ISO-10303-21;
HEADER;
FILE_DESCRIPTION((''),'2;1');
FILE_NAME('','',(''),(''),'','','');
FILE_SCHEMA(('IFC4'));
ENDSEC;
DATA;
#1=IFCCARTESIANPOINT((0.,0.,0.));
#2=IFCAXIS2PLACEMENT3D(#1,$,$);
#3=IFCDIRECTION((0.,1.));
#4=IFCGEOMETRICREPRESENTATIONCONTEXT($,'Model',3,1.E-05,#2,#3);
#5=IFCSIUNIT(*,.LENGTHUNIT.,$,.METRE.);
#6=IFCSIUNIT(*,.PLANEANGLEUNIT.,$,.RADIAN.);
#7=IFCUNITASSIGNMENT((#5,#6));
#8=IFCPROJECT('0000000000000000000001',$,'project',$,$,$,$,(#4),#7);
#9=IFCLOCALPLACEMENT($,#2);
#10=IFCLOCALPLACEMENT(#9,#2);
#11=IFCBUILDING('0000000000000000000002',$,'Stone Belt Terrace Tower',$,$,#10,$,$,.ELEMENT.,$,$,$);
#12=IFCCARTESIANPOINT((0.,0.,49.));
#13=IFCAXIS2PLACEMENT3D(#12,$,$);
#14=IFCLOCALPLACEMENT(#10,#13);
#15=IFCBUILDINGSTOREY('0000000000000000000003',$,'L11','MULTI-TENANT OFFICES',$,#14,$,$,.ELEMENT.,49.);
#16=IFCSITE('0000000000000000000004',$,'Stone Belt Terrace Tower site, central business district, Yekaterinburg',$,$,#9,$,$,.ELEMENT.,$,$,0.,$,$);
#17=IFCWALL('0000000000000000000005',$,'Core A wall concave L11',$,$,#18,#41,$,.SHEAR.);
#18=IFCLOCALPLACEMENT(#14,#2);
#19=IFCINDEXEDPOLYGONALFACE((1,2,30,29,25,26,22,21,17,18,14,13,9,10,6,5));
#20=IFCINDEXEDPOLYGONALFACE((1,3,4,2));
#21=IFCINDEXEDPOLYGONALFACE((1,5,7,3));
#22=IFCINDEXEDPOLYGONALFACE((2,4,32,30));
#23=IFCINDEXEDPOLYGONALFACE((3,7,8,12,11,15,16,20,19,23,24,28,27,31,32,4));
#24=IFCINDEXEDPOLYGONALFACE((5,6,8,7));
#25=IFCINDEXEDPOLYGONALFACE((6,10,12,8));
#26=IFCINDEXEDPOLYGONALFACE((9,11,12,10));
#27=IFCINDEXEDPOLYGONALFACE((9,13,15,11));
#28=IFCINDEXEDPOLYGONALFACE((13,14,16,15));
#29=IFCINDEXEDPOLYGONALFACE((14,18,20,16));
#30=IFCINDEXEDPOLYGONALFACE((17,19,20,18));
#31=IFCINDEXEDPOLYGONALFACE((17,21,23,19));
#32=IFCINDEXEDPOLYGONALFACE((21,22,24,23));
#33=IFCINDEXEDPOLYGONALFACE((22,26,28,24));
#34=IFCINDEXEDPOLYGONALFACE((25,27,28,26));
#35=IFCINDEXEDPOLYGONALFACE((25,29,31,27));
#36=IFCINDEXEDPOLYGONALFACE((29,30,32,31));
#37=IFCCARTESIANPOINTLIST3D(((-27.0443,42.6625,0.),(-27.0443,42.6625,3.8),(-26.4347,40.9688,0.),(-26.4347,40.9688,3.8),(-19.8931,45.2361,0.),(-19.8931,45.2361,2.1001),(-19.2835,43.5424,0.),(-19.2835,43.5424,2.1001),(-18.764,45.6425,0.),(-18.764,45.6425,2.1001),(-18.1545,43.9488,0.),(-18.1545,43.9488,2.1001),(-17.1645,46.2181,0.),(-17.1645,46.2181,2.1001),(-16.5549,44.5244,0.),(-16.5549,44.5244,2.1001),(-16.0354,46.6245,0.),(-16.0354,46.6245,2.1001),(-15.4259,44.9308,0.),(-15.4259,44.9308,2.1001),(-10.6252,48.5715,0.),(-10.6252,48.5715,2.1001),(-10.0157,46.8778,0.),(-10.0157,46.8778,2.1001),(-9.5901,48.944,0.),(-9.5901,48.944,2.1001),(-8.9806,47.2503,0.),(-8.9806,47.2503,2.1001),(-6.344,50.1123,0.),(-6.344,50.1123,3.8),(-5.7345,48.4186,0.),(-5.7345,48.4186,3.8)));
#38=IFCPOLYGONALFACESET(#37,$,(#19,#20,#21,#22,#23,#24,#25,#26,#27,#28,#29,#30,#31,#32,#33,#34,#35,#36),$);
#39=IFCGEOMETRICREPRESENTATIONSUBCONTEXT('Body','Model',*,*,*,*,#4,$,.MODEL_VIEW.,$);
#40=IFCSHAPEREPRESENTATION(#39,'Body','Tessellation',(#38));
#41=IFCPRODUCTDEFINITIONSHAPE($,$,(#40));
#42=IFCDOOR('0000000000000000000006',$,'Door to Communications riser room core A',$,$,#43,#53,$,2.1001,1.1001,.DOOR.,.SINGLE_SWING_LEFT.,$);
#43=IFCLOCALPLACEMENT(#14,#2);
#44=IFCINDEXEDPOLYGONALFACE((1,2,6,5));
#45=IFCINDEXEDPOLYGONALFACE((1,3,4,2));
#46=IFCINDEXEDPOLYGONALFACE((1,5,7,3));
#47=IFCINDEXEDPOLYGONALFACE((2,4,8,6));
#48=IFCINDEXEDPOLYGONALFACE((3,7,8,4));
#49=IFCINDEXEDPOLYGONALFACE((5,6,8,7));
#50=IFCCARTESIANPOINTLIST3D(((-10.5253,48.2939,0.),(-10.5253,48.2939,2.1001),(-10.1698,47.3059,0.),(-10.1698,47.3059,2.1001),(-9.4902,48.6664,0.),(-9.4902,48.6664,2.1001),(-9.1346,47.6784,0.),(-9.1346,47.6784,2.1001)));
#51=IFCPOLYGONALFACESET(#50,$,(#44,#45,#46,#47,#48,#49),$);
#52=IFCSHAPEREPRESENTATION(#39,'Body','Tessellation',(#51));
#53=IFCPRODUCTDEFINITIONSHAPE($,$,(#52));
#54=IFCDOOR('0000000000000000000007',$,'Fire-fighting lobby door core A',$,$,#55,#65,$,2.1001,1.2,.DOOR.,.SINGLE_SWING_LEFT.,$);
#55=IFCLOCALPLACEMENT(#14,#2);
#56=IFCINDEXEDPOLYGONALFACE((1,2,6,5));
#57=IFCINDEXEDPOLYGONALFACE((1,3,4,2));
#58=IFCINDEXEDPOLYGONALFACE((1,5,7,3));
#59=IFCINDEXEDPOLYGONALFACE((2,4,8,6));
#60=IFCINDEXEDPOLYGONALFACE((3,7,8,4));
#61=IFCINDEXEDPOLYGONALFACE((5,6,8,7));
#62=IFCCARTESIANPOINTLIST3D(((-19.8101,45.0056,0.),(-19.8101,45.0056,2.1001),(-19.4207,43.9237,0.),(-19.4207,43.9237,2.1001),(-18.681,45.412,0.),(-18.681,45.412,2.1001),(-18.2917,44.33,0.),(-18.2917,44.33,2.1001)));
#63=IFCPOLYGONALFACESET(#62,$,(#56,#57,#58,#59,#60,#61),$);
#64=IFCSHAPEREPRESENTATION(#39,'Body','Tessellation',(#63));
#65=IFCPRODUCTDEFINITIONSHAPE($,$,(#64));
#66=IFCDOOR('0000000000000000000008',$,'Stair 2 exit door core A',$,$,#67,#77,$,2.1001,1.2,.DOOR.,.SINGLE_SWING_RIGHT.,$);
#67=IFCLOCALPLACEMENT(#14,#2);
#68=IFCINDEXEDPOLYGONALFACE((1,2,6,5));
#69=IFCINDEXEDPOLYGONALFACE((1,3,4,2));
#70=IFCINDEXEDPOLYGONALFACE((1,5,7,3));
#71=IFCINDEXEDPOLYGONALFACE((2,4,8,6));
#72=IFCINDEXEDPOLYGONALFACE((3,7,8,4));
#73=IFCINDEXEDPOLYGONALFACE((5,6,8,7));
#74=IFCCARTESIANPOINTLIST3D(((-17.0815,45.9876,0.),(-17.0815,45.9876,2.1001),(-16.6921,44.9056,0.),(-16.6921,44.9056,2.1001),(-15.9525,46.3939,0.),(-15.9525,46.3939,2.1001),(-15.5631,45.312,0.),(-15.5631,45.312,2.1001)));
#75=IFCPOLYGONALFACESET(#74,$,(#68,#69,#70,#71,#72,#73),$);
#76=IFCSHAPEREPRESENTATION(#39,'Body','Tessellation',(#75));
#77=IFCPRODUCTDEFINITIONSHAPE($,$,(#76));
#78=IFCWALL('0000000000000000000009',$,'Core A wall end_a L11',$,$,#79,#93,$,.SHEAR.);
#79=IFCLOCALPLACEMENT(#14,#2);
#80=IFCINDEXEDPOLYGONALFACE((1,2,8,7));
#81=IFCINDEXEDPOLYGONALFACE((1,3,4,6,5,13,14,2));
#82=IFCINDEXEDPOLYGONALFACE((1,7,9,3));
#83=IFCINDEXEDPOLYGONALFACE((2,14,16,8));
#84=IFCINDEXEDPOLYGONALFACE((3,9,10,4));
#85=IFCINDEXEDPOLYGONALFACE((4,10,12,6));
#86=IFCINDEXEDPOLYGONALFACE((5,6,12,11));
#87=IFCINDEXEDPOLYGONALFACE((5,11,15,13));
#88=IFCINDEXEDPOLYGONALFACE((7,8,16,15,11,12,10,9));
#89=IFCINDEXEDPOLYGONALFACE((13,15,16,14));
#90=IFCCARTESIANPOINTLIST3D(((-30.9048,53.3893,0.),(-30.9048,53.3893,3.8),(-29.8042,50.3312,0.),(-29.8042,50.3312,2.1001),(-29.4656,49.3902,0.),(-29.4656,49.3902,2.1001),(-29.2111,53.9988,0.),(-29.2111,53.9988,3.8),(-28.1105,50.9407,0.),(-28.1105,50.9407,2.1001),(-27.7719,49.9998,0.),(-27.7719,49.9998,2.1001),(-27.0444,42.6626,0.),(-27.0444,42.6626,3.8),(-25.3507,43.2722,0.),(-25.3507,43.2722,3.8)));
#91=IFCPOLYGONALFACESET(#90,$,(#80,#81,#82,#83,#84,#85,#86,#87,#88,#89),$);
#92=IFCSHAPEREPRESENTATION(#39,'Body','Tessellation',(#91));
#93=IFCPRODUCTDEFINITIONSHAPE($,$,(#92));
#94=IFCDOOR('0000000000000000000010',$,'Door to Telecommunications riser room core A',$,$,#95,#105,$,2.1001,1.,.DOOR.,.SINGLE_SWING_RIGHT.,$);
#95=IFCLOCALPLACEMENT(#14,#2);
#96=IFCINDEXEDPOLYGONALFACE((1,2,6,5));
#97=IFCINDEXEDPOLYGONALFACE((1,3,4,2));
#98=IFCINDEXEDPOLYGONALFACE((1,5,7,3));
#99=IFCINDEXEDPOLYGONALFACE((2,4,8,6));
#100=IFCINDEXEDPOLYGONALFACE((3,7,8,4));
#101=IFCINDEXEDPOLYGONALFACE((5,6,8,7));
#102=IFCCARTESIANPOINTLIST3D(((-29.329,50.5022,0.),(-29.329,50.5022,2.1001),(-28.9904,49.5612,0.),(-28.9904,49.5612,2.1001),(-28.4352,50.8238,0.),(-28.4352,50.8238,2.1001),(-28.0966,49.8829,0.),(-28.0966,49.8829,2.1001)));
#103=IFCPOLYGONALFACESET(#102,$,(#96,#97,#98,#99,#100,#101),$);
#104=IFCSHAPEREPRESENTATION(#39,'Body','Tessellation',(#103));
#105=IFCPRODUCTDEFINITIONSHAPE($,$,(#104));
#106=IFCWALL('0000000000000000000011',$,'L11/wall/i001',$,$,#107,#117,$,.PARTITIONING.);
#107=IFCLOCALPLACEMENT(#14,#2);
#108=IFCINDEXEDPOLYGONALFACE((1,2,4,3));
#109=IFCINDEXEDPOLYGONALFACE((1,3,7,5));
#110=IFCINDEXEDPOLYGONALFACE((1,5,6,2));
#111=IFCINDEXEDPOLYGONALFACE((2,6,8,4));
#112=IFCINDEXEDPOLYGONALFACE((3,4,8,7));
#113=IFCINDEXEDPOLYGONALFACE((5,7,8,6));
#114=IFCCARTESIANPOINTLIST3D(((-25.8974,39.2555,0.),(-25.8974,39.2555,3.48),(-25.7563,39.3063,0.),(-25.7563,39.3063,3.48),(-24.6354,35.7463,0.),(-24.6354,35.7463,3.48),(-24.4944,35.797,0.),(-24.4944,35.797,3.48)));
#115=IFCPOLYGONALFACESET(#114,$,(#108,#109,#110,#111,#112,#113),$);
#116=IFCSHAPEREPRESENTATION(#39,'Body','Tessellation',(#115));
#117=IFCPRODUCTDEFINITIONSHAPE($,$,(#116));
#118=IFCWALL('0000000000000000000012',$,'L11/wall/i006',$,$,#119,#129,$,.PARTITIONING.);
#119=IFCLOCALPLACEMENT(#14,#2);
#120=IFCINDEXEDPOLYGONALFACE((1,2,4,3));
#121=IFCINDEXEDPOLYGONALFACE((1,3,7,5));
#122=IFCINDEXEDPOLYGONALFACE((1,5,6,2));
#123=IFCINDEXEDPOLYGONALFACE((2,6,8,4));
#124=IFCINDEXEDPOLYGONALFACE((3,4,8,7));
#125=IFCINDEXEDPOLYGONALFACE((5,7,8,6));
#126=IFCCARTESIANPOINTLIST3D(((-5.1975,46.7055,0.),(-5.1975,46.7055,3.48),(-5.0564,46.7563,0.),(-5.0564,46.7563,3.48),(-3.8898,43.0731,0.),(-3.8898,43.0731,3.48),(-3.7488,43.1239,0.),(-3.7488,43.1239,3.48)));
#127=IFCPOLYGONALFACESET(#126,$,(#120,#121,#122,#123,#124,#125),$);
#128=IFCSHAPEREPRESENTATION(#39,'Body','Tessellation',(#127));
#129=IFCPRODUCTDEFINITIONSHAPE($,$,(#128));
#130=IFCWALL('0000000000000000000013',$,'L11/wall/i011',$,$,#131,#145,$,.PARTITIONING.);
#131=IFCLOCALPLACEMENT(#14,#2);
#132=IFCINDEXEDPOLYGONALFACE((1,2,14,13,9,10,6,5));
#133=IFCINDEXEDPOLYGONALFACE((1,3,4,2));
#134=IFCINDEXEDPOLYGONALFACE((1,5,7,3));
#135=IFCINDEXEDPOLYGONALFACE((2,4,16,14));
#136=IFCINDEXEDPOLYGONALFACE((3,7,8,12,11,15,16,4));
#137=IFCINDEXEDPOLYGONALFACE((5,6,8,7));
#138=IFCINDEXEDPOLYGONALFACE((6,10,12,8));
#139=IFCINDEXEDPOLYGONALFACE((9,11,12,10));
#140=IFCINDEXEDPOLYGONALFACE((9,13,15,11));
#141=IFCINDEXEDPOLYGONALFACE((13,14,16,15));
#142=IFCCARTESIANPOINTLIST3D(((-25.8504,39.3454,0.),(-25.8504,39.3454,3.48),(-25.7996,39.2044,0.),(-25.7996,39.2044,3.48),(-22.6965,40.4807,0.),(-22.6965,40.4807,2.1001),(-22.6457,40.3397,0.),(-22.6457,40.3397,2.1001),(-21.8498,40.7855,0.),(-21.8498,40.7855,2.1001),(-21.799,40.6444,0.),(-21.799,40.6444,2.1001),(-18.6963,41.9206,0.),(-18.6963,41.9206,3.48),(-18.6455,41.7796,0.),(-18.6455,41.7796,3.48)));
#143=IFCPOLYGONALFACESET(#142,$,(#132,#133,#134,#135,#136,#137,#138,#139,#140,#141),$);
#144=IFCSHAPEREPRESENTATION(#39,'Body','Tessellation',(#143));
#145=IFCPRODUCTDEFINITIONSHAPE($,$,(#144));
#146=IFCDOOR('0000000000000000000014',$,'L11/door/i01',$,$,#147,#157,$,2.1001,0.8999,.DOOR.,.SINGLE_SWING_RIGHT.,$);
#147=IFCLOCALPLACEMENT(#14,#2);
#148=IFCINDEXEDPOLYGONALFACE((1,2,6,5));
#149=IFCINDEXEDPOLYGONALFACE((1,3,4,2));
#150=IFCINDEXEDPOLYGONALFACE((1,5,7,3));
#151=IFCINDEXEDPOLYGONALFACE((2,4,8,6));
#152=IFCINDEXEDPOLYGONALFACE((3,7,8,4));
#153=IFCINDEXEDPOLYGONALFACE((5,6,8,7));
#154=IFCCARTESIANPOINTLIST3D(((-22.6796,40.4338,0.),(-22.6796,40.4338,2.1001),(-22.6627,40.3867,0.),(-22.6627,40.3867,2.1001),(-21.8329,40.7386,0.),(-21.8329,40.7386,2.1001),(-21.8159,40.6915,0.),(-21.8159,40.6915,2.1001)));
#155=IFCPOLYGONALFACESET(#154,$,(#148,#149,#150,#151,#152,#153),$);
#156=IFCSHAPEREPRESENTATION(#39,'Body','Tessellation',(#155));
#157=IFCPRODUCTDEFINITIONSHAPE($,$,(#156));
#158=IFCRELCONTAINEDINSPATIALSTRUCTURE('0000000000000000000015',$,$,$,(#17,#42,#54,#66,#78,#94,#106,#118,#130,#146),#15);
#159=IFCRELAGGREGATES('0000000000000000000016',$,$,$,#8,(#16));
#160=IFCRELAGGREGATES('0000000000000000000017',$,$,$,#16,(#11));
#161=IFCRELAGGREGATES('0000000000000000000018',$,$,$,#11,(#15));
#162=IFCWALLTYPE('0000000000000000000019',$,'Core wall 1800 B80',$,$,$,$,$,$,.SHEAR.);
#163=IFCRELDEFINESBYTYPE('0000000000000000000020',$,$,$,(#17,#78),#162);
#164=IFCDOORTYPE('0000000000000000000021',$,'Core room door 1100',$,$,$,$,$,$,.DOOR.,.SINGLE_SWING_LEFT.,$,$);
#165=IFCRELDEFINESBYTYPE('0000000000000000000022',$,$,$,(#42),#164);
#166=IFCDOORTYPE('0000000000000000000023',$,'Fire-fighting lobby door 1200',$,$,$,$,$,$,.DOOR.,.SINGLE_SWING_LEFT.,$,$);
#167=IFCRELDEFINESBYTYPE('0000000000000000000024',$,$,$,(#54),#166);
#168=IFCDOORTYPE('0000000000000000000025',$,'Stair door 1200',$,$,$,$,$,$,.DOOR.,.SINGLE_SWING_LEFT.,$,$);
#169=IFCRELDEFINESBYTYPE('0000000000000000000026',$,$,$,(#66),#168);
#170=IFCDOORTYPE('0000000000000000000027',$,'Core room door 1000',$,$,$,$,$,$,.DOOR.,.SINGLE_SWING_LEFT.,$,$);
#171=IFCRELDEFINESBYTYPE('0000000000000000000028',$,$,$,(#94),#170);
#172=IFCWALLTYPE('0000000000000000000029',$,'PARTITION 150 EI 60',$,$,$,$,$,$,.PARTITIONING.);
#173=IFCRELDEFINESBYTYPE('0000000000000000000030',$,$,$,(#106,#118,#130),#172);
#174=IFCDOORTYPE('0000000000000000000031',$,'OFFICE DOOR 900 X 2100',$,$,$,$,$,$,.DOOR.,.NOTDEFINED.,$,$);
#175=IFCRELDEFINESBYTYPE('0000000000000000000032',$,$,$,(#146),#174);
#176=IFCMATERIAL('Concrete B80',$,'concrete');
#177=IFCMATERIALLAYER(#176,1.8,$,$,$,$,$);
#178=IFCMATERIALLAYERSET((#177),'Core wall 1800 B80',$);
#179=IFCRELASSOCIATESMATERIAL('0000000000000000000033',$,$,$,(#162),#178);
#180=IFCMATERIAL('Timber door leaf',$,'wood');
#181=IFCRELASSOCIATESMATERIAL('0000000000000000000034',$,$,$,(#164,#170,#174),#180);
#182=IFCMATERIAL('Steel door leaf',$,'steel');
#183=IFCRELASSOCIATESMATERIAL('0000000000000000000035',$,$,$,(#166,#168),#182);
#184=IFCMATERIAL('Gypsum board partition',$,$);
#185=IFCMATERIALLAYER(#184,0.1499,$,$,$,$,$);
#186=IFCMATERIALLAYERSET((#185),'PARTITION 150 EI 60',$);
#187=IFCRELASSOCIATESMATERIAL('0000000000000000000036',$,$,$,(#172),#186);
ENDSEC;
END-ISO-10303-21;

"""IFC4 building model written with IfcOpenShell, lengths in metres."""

from ifc_helpers import new_model, si_unit, direction, frame, frame_2d, origin, place, context, subcontext, project, spatial, rectangle, extrude, material, layer, layer_set, type_object, element, fill, save


model = new_model("IFC4")

# Units and contexts
model_context = context("Model", 3, precision=1e-05, world=origin(), true_north=direction((0.0, 1.0)))
body_context = subcontext(model_context, "Body", "Model", "MODEL_VIEW")
ifc_project = project(units=[si_unit("LENGTHUNIT", "METRE"), si_unit("PLANEANGLEUNIT", "RADIAN")], contexts=[model_context])

# Site, building, storey
site_placement = place(None, origin())
site = spatial("IfcSite", under=ifc_project, at=site_placement, Name="Stone Belt Terrace Tower site, central business district, Yekaterinburg", CompositionType="ELEMENT", RefElevation=0.0)
building_placement = place(site_placement, origin())
building = spatial("IfcBuilding", under=site, at=building_placement, Name="Stone Belt Terrace Tower", CompositionType="ELEMENT")
storey_placement = place(building_placement, frame((0.0, 0.0, 49.0)))
storey = spatial("IfcBuildingStorey", under=building, at=storey_placement, Name="L11", Description="MULTI-TENANT OFFICES", CompositionType="ELEMENT", Elevation=49.0)

# Shared definitions
ifc_material_1 = material(Name="Concrete B80", Category="concrete")

# Wall, openings, doors
ifc_layer_1 = layer(ifc_material_1, 1.8)
ifc_layer_set_1 = layer_set([ifc_layer_1], Name="Core wall 1800 B80")
wall_type_1 = type_object("IfcWallType", Name="Core wall 1800 B80", PredefinedType="SHEAR", material=ifc_layer_set_1)
wall_1_placement = place(storey_placement, frame((-26.7395, 41.8157, 0.0), z_axis=(0.0, 0.0, 1.0), x_axis=(0.940922, 0.338624, 0.0)))
wall_1 = element("IfcWall", 1, at=wall_1_placement, inside=storey, type_object=wall_type_1, Name="Core A wall concave L11", PredefinedType="SHEAR", context=body_context, shape_type="SweptSolid", body=[
    extrude(rectangle(XDim=22.0, YDim=1.8, at=frame_2d((11.0, 0.0))), origin(), (0.0, 0.0, 1.0), 3.8),
])
opening_1_placement = place(wall_1_placement, frame((7.6001, 0.0, 0.0)))
opening_1 = element("IfcOpeningElement", 2, at=opening_1_placement, cuts=wall_1, PredefinedType="OPENING", context=body_context, shape_type="SweptSolid", body=[
    extrude(rectangle(XDim=1.2, YDim=2.1001, at=frame_2d((0.6001, 1.05))), frame((0.0, 0.9099, 0.0), z_axis=(0.0, -1.0, 0.0), x_axis=(1.0, 0.0, 0.0)), (0.0, 0.0, 1.0), 1.8201),
])
opening_2_placement = place(wall_1_placement, frame((10.5, 0.0, 0.0)))
opening_2 = element("IfcOpeningElement", 3, at=opening_2_placement, cuts=wall_1, PredefinedType="OPENING", context=body_context, shape_type="SweptSolid", body=[
    extrude(rectangle(XDim=1.2, YDim=2.1001, at=frame_2d((0.6001, 1.05))), frame((0.0, 0.9099, 0.0), z_axis=(0.0, -1.0, 0.0), x_axis=(1.0, 0.0, 0.0)), (0.0, 0.0, 1.0), 1.8201),
])
opening_3_placement = place(wall_1_placement, frame((17.45, 0.0, 0.0)))
opening_3 = element("IfcOpeningElement", 4, at=opening_3_placement, cuts=wall_1, PredefinedType="OPENING", context=body_context, shape_type="SweptSolid", body=[
    extrude(rectangle(XDim=1.1001, YDim=2.1001, at=frame_2d((0.55, 1.05))), frame((0.0, 0.9099, 0.0), z_axis=(0.0, -1.0, 0.0), x_axis=(1.0, 0.0, 0.0)), (0.0, 0.0, 1.0), 1.8201),
])
ifc_material_2 = material(Name="Timber door leaf", Category="wood")
door_type_1 = type_object("IfcDoorType", Name="Core room door 1100", OperationType="SINGLE_SWING_LEFT", PredefinedType="DOOR", material=ifc_material_2)
door_1_placement = place(opening_3_placement, origin())
door_1 = element("IfcDoor", 5, at=door_1_placement, inside=storey, type_object=door_type_1, Name="Door to Communications riser room core A", OperationType="SINGLE_SWING_LEFT", OverallHeight=2.1001, OverallWidth=1.1001, PredefinedType="DOOR", context=body_context, shape_type="SweptSolid", body=[
    extrude(rectangle(XDim=1.1001, YDim=2.1001, at=frame_2d((0.55, 1.05))), frame((0.0, 0.605, 0.0), z_axis=(0.0, -1.0, 0.0), x_axis=(1.0, 0.0, 0.0)), (0.0, 0.0, 1.0), 1.05),
])
fill(opening_3, door_1)
ifc_material_3 = material(Name="Steel door leaf", Category="steel")
door_type_2 = type_object("IfcDoorType", Name="Fire-fighting lobby door 1200", OperationType="SINGLE_SWING_LEFT", PredefinedType="DOOR", material=ifc_material_3)
door_2_placement = place(opening_1_placement, origin())
door_2 = element("IfcDoor", 6, at=door_2_placement, inside=storey, type_object=door_type_2, Name="Fire-fighting lobby door core A", OperationType="SINGLE_SWING_LEFT", OverallHeight=2.1001, OverallWidth=1.2, PredefinedType="DOOR", context=body_context, shape_type="SweptSolid", body=[
    extrude(rectangle(XDim=1.2, YDim=2.1001, at=frame_2d((0.6001, 1.05))), frame((0.0, 0.655, 0.0), z_axis=(0.0, -1.0, 0.0), x_axis=(1.0, 0.0, 0.0)), (0.0, 0.0, 1.0), 1.1499),
])
fill(opening_1, door_2)
door_type_3 = type_object("IfcDoorType", Name="Stair door 1200", OperationType="SINGLE_SWING_LEFT", PredefinedType="DOOR", material=ifc_material_3)
door_3_placement = place(opening_2_placement, origin())
door_3 = element("IfcDoor", 7, at=door_3_placement, inside=storey, type_object=door_type_3, Name="Stair 2 exit door core A", OperationType="SINGLE_SWING_RIGHT", OverallHeight=2.1001, OverallWidth=1.2, PredefinedType="DOOR", context=body_context, shape_type="SweptSolid", body=[
    extrude(rectangle(XDim=1.2, YDim=2.1001, at=frame_2d((0.6001, 1.05))), frame((0.0, 0.655, 0.0), z_axis=(0.0, -1.0, 0.0), x_axis=(1.0, 0.0, 0.0)), (0.0, 0.0, 1.0), 1.1499),
])
fill(opening_2, door_3)

# Wall, opening, door
wall_2_placement = place(storey_placement, frame((-26.1975, 42.9673, 0.0), z_axis=(0.0, 0.0, 1.0), x_axis=(-0.338625, 0.940921, 0.0)))
wall_2 = element("IfcWall", 8, at=wall_2_placement, inside=storey, type_object=wall_type_1, Name="Core A wall end_a L11", PredefinedType="SHEAR", context=body_context, shape_type="SweptSolid", body=[
    extrude(rectangle(XDim=11.4001, YDim=1.8, at=frame_2d((5.7002, 0.0))), origin(), (0.0, 0.0, 1.0), 3.8),
])
opening_4_placement = place(wall_2_placement, frame((7.1501, 0.0, 0.0)))
opening_4 = element("IfcOpeningElement", 9, at=opening_4_placement, cuts=wall_2, PredefinedType="OPENING", context=body_context, shape_type="SweptSolid", body=[
    extrude(rectangle(XDim=1.0, YDim=2.1001, at=frame_2d((0.5, 1.05))), frame((0.0, 0.9099, 0.0), z_axis=(0.0, -1.0, 0.0), x_axis=(1.0, 0.0, 0.0)), (0.0, 0.0, 1.0), 1.8201),
])
door_type_4 = type_object("IfcDoorType", Name="Core room door 1000", OperationType="SINGLE_SWING_LEFT", PredefinedType="DOOR", material=ifc_material_2)
door_4_placement = place(opening_4_placement, origin())
door_4 = element("IfcDoor", 10, at=door_4_placement, inside=storey, type_object=door_type_4, Name="Door to Telecommunications riser room core A", OperationType="SINGLE_SWING_RIGHT", OverallHeight=2.1001, OverallWidth=1.0, PredefinedType="DOOR", context=body_context, shape_type="SweptSolid", body=[
    extrude(rectangle(XDim=1.0, YDim=2.1001, at=frame_2d((0.5, 1.05))), frame((0.0, 0.395, 0.0), z_axis=(0.0, -1.0, 0.0), x_axis=(1.0, 0.0, 0.0)), (0.0, 0.0, 1.0), 0.95),
])
fill(opening_4, door_4)

# Walls
ifc_material_4 = material(Name="Gypsum board partition")
ifc_layer_2 = layer(ifc_material_4, 0.1499)
ifc_layer_set_2 = layer_set([ifc_layer_2], Name="PARTITION 150 EI 60")
wall_type_2 = type_object("IfcWallType", Name="PARTITION 150 EI 60", PredefinedType="PARTITIONING", material=ifc_layer_set_2)
wall_3_placement = place(storey_placement, frame((-25.8269, 39.281, 0.0), z_axis=(0.0, 0.0, 1.0), x_axis=(0.338393, -0.941005, 0.0)))
element("IfcWall", 11, at=wall_3_placement, inside=storey, type_object=wall_type_2, Name="L11/wall/i001", PredefinedType="PARTITIONING", context=body_context, shape_type="SweptSolid", body=[
    extrude(rectangle(XDim=3.7292, YDim=0.1499, at=frame_2d((1.8647, 0.0))), origin(), (0.0, 0.0, 1.0), 3.48),
])
wall_4_placement = place(storey_placement, frame((-3.8193, 43.0986, 0.0), z_axis=(0.0, 0.0, 1.0), x_axis=(-0.338715, 0.940889, 0.0)))
element("IfcWall", 12, at=wall_4_placement, inside=storey, type_object=wall_type_2, Name="L11/wall/i006", PredefinedType="PARTITIONING", context=body_context, shape_type="SweptSolid", body=[
    extrude(rectangle(XDim=3.8606, YDim=0.1499, at=frame_2d((1.9302, 0.0))), origin(), (0.0, 0.0, 1.0), 3.48),
])

# Wall, opening, door
wall_5_placement = place(storey_placement, frame((-18.6709, 41.8501, 0.0), z_axis=(0.0, 0.0, 1.0), x_axis=(-0.940898, -0.338689, 0.0)))
wall_5 = element("IfcWall", 13, at=wall_5_placement, inside=storey, type_object=wall_type_2, Name="L11/wall/i011", PredefinedType="PARTITIONING", context=body_context, shape_type="SweptSolid", body=[
    extrude(rectangle(XDim=7.6035, YDim=0.1499, at=frame_2d((3.8018, 0.0))), origin(), (0.0, 0.0, 1.0), 3.48),
])
opening_5_placement = place(wall_5_placement, frame((3.3516, 0.0, 0.0)))
opening_5 = element("IfcOpeningElement", 14, at=opening_5_placement, cuts=wall_5, PredefinedType="OPENING", context=body_context, shape_type="SweptSolid", body=[
    extrude(rectangle(XDim=0.8999, YDim=2.1001, at=frame_2d((0.45, 1.05))), frame((0.0, 0.085, 0.0), z_axis=(0.0, -1.0, 0.0), x_axis=(1.0, 0.0, 0.0)), (0.0, 0.0, 1.0), 0.1699),
])
door_type_5 = type_object("IfcDoorType", Name="OFFICE DOOR 900 X 2100", OperationType="NOTDEFINED", PredefinedType="DOOR", material=ifc_material_2)
door_5_placement = place(opening_5_placement, origin())
door_5 = element("IfcDoor", 15, at=door_5_placement, inside=storey, type_object=door_type_5, Name="L11/door/i01", OperationType="SINGLE_SWING_RIGHT", OverallHeight=2.1001, OverallWidth=0.8999, PredefinedType="DOOR", context=body_context, shape_type="SweptSolid", body=[
    extrude(rectangle(XDim=0.8999, YDim=2.1001, at=frame_2d((0.45, 1.05))), frame((0.0, 0.0249, 0.0), z_axis=(0.0, -1.0, 0.0), x_axis=(1.0, 0.0, 0.0)), (0.0, 0.0, 1.0), 0.05),
])
fill(opening_5, door_5)

save(model, "model.ifc")
